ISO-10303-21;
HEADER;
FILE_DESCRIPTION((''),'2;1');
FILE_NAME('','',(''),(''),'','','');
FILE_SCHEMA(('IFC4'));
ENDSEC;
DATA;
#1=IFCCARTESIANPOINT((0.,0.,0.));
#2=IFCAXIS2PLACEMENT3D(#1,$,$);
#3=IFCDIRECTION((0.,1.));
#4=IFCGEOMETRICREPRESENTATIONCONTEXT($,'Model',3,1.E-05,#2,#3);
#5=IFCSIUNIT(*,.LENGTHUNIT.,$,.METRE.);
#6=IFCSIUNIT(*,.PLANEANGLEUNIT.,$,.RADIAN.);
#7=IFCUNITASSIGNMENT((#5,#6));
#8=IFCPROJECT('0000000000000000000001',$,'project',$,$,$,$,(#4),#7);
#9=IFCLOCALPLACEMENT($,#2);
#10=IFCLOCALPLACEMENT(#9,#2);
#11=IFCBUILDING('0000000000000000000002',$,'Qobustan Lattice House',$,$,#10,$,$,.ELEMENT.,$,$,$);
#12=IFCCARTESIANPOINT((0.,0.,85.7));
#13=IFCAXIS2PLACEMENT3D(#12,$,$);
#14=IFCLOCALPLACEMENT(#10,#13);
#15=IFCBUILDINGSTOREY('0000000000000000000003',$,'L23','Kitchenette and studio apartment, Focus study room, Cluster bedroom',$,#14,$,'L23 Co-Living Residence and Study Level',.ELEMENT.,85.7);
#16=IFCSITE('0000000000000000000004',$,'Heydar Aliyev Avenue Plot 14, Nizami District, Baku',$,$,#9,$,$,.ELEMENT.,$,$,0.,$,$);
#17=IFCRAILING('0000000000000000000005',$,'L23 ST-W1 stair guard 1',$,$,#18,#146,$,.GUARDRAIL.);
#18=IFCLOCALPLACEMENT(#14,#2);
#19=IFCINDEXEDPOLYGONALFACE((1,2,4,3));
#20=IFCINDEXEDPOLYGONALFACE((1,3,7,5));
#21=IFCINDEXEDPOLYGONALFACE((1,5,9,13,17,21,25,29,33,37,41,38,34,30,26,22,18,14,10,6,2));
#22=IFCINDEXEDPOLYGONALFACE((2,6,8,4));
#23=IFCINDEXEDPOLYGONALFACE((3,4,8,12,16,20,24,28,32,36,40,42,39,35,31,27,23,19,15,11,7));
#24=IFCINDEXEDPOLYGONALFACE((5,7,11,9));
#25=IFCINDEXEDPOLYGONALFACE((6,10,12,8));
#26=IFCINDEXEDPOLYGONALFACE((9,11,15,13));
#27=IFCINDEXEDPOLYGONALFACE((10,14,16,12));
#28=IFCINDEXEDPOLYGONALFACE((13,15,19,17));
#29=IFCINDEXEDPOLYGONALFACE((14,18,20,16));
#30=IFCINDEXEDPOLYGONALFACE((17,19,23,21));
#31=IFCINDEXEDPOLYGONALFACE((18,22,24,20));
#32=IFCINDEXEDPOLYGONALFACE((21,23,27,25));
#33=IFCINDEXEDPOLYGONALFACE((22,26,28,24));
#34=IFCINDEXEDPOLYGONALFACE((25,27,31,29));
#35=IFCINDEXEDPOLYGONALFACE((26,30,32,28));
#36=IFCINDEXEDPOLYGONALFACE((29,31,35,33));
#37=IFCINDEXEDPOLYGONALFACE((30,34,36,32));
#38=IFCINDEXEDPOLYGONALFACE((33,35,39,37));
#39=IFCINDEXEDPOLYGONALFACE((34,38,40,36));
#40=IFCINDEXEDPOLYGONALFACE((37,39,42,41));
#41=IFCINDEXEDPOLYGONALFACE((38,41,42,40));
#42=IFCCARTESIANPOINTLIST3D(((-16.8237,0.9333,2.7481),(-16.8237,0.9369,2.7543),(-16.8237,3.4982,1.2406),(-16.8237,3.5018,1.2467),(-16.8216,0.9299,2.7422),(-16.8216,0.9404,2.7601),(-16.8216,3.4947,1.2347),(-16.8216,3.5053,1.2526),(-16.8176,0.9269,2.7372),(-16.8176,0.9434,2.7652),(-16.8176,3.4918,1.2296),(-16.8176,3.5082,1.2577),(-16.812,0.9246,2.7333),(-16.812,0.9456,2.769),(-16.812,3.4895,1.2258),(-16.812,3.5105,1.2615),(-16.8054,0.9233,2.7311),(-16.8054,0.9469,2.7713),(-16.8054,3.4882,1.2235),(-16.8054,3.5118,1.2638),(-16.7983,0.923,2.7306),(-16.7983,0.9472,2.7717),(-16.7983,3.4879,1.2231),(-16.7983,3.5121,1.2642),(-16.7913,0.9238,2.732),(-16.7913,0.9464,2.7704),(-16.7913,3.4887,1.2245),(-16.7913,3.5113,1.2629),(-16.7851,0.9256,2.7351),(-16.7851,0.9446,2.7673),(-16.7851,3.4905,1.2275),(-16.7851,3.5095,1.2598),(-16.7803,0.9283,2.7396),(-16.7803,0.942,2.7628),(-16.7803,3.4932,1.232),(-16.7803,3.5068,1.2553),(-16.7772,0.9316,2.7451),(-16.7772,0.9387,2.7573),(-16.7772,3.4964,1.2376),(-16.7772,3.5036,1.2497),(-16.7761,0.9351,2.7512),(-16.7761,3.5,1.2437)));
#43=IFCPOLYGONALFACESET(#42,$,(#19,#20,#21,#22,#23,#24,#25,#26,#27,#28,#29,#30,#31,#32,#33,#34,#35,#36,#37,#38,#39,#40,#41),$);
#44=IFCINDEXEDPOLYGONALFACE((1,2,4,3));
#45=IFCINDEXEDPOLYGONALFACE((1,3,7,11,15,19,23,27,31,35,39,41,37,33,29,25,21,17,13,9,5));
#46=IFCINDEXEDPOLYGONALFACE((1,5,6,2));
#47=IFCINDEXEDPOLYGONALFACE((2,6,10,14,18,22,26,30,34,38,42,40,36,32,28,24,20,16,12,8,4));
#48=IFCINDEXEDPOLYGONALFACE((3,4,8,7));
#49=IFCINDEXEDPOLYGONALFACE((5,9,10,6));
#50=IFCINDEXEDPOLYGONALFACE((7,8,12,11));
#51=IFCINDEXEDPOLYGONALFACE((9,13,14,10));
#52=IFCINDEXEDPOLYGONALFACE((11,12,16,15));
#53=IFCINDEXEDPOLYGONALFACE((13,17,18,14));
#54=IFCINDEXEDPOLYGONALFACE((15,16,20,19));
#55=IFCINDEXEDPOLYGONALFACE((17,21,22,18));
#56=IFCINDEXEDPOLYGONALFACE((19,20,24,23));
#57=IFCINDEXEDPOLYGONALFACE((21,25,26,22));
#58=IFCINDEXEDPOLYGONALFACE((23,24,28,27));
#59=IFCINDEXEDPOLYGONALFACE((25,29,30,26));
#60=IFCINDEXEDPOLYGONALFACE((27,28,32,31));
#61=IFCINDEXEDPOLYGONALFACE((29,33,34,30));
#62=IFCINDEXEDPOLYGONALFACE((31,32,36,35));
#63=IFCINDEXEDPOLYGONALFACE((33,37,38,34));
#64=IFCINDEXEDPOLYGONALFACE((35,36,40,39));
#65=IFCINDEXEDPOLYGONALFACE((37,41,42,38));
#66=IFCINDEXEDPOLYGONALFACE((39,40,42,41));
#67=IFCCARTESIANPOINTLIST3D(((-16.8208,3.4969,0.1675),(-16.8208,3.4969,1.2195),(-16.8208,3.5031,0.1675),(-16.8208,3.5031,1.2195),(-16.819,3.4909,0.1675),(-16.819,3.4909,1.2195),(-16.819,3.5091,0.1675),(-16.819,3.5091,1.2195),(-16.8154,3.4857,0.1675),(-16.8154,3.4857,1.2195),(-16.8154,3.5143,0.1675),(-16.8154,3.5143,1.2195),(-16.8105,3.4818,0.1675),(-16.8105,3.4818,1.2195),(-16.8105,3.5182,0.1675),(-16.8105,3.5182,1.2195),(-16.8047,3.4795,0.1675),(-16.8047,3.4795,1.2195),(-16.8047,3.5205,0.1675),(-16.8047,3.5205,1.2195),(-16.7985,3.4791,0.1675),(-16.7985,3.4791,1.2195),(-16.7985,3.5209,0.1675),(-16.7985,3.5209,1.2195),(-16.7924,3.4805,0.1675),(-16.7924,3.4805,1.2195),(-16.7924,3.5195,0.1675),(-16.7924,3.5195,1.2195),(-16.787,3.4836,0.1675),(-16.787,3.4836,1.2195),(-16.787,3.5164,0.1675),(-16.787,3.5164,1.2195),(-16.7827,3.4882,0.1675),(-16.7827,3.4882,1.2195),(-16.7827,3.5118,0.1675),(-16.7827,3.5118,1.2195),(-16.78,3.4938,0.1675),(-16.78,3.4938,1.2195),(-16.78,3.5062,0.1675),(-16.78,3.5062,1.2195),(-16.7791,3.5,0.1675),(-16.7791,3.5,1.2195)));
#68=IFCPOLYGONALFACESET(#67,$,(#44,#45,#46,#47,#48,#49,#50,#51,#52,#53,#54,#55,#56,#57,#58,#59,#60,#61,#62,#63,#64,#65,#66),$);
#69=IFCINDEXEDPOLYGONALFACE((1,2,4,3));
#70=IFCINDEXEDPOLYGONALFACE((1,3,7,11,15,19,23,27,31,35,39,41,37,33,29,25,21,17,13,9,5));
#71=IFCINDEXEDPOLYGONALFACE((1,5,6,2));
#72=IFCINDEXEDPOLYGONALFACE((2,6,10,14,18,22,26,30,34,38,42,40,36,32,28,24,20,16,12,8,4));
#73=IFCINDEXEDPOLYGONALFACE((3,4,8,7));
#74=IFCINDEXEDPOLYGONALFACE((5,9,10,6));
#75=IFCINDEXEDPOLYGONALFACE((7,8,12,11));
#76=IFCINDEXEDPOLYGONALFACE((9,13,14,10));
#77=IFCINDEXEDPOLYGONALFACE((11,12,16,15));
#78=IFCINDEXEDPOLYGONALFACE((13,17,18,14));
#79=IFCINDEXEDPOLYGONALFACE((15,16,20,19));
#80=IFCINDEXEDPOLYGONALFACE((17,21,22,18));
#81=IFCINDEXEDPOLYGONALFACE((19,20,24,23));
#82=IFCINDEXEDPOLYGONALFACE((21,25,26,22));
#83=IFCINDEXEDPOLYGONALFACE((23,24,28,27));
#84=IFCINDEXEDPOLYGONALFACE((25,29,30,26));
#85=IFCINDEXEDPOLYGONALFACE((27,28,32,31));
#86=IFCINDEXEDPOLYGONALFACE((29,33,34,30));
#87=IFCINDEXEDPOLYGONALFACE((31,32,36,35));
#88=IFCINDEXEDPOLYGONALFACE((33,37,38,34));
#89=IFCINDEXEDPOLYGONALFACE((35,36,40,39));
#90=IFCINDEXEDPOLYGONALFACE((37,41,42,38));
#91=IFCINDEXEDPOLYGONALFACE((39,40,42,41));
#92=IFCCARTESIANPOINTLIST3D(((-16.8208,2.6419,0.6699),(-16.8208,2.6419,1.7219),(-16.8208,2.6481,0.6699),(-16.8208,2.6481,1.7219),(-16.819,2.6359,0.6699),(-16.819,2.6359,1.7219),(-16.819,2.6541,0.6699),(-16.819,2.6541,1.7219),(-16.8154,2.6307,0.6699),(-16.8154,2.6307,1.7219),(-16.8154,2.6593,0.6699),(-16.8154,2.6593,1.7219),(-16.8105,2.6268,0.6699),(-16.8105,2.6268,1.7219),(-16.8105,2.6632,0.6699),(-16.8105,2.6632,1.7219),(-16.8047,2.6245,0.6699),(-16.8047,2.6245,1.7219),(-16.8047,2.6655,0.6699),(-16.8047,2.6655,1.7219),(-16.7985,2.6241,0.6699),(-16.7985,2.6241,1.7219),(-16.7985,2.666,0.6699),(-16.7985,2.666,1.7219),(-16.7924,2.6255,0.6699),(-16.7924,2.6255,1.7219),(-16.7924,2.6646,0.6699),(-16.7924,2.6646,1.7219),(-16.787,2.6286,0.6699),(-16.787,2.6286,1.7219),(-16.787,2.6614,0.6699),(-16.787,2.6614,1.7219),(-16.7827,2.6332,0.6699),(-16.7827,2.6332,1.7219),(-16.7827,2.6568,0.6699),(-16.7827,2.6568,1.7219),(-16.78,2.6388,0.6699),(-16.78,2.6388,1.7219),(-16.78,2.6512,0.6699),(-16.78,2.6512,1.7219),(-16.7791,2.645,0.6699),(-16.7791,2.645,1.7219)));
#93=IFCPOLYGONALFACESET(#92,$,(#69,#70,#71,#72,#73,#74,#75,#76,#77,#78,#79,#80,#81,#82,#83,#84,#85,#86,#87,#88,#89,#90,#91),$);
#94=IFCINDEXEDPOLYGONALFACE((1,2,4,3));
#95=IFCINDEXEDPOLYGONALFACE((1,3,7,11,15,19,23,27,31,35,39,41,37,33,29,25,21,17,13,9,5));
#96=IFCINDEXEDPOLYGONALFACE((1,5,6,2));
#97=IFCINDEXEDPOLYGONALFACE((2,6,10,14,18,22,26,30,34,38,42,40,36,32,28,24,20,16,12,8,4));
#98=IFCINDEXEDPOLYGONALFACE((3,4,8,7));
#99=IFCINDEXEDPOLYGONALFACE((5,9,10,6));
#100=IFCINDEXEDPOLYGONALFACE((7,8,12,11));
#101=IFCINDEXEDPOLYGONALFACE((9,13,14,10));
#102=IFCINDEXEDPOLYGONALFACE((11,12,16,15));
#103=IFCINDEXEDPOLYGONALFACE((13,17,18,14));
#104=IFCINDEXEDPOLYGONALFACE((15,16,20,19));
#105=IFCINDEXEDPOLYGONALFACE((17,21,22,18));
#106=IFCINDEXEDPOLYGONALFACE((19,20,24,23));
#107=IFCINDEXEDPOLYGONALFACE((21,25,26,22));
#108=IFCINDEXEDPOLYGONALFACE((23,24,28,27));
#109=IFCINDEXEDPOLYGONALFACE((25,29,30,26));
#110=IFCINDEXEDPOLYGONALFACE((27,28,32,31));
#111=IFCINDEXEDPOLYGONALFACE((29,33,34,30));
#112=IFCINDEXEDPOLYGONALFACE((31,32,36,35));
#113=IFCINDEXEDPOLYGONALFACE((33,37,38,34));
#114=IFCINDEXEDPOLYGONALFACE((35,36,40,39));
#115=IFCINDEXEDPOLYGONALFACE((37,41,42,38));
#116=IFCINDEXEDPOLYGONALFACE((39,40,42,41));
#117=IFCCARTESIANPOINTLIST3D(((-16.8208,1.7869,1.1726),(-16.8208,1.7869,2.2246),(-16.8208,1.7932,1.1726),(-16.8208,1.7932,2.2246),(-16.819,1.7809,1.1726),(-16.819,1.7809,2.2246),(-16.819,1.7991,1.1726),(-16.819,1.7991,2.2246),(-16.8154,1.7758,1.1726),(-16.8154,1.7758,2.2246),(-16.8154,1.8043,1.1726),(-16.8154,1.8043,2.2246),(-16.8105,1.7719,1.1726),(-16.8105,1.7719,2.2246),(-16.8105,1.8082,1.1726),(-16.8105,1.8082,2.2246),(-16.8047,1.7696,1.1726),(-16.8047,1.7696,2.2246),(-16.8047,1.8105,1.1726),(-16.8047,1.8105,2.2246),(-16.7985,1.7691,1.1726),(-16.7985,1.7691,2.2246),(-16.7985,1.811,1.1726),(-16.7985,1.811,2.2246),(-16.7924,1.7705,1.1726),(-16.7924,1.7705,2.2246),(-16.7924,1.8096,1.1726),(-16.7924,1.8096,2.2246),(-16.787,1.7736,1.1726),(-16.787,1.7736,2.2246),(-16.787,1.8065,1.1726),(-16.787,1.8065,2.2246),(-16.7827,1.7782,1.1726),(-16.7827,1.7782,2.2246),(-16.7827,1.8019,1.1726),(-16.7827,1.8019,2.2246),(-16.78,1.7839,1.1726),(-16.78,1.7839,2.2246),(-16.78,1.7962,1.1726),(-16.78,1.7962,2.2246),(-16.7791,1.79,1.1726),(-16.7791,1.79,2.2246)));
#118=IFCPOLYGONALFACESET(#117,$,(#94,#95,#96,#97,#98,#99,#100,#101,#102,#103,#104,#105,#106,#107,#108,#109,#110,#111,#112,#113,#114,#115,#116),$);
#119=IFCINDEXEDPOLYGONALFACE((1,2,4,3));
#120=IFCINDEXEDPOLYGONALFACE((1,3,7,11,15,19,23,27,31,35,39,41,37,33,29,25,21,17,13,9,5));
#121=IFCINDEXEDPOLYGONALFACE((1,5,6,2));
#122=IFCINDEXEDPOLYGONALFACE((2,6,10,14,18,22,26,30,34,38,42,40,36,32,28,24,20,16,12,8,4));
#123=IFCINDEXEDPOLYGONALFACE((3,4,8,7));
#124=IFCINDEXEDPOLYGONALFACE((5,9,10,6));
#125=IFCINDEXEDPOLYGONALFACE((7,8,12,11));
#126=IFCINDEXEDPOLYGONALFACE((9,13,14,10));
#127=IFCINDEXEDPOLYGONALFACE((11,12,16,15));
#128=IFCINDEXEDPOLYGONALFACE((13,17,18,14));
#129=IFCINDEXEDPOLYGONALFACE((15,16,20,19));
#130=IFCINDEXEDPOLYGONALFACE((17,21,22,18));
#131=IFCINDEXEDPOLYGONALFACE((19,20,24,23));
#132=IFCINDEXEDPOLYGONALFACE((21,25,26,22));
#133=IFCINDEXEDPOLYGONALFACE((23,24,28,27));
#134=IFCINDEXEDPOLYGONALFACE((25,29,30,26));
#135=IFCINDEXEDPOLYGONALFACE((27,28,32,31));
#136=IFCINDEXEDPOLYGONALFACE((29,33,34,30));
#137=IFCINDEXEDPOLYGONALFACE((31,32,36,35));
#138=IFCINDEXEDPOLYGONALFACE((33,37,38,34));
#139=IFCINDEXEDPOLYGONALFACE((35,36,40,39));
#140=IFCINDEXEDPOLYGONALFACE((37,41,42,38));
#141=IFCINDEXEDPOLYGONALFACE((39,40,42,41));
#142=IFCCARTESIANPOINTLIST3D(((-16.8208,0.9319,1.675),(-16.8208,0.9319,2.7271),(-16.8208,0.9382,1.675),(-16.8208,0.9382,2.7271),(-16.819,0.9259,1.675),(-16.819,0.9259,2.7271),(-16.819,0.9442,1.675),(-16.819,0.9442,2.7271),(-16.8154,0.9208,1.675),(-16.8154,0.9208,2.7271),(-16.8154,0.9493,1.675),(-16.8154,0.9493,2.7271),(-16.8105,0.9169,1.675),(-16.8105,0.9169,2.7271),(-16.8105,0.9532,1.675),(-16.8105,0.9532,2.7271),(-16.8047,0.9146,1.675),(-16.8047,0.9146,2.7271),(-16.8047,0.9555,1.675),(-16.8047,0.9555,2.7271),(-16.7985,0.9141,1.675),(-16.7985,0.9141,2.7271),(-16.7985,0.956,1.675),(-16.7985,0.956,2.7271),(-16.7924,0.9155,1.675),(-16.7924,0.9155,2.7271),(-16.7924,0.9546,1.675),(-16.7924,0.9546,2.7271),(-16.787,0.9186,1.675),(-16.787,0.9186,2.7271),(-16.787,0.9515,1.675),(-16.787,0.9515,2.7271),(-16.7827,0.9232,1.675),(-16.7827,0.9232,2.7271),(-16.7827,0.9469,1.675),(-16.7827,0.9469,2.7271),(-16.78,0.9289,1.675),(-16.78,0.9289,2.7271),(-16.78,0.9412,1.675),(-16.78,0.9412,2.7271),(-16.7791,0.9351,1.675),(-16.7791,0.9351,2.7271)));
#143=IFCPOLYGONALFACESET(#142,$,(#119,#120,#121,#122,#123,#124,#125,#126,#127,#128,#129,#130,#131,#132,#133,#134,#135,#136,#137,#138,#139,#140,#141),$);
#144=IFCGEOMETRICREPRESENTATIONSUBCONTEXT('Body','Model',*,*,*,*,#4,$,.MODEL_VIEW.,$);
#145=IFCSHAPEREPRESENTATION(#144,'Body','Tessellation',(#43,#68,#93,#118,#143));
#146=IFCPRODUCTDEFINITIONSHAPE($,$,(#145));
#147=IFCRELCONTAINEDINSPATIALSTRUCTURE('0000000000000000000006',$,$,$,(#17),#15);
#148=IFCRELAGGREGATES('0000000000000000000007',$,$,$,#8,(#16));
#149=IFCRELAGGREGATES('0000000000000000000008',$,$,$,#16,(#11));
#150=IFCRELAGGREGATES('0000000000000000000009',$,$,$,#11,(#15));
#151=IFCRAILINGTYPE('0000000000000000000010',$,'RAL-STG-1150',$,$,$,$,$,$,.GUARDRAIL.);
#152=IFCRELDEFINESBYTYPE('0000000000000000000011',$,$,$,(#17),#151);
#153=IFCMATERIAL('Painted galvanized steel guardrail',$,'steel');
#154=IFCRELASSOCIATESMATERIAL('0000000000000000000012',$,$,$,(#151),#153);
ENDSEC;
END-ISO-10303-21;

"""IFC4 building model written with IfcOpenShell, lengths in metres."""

from ifc_helpers import new_model, si_unit, direction, frame, origin, origin_2d, place, context, subcontext, project, spatial, circle, extrude, material, type_object, element, save


model = new_model("IFC4")

# Units and contexts
model_context = context("Model", 3, precision=1e-05, world=origin(), true_north=direction((0.0, 1.0)))
body_context = subcontext(model_context, "Body", "Model", "MODEL_VIEW")
ifc_project = project(units=[si_unit("LENGTHUNIT", "METRE"), si_unit("PLANEANGLEUNIT", "RADIAN")], contexts=[model_context])

# Site, building, storey
site_placement = place(None, origin())
site = spatial("IfcSite", under=ifc_project, at=site_placement, Name="Heydar Aliyev Avenue Plot 14, Nizami District, Baku", CompositionType="ELEMENT", RefElevation=0.0)
building_placement = place(site_placement, origin())
building = spatial("IfcBuilding", under=site, at=building_placement, Name="Qobustan Lattice House", CompositionType="ELEMENT")
storey_placement = place(building_placement, frame((0.0, 0.0, 85.7)))
storey = spatial("IfcBuildingStorey", under=building, at=storey_placement, Name="L23", Description="Kitchenette and studio apartment, Focus study room, Cluster bedroom", LongName="L23 Co-Living Residence and Study Level", CompositionType="ELEMENT", Elevation=85.7)

# Railing
ifc_material_1 = material(Name="Painted galvanized steel guardrail", Category="steel")
railing_type_1 = type_object("IfcRailingType", Name="RAL-STG-1150", PredefinedType="GUARDRAIL", material=ifc_material_1)
railing_1_placement = place(storey_placement, frame((-16.8, 3.5, 0.1675)))
element("IfcRailing", 1, at=railing_1_placement, inside=storey, type_object=railing_type_1, Name="L23 ST-W1 stair guard 1", PredefinedType="GUARDRAIL", context=body_context, shape_type="SweptSolid", body=[
    extrude(circle(Radius=0.0239, at=origin_2d()), frame((0.0, 0.0, 1.0762), z_axis=(0.0, -0.862113, 0.506715), x_axis=(1.0, 0.0, 0.0)), (0.0, 0.0, 1.0), 2.9751),
    extrude(circle(Radius=0.021, at=origin_2d()), origin(), (0.0, 0.0, 1.0), 1.052),
    extrude(circle(Radius=0.021, at=origin_2d()), frame((0.0, -0.855, 0.5024)), (0.0, 0.0, 1.0), 1.052),
    extrude(circle(Radius=0.021, at=origin_2d()), frame((0.0, -1.71, 1.0051)), (0.0, 0.0, 1.0), 1.052),
    extrude(circle(Radius=0.021, at=origin_2d()), frame((0.0, -2.5649, 1.5076)), (0.0, 0.0, 1.0), 1.052),
])

save(model, "model.ifc")
